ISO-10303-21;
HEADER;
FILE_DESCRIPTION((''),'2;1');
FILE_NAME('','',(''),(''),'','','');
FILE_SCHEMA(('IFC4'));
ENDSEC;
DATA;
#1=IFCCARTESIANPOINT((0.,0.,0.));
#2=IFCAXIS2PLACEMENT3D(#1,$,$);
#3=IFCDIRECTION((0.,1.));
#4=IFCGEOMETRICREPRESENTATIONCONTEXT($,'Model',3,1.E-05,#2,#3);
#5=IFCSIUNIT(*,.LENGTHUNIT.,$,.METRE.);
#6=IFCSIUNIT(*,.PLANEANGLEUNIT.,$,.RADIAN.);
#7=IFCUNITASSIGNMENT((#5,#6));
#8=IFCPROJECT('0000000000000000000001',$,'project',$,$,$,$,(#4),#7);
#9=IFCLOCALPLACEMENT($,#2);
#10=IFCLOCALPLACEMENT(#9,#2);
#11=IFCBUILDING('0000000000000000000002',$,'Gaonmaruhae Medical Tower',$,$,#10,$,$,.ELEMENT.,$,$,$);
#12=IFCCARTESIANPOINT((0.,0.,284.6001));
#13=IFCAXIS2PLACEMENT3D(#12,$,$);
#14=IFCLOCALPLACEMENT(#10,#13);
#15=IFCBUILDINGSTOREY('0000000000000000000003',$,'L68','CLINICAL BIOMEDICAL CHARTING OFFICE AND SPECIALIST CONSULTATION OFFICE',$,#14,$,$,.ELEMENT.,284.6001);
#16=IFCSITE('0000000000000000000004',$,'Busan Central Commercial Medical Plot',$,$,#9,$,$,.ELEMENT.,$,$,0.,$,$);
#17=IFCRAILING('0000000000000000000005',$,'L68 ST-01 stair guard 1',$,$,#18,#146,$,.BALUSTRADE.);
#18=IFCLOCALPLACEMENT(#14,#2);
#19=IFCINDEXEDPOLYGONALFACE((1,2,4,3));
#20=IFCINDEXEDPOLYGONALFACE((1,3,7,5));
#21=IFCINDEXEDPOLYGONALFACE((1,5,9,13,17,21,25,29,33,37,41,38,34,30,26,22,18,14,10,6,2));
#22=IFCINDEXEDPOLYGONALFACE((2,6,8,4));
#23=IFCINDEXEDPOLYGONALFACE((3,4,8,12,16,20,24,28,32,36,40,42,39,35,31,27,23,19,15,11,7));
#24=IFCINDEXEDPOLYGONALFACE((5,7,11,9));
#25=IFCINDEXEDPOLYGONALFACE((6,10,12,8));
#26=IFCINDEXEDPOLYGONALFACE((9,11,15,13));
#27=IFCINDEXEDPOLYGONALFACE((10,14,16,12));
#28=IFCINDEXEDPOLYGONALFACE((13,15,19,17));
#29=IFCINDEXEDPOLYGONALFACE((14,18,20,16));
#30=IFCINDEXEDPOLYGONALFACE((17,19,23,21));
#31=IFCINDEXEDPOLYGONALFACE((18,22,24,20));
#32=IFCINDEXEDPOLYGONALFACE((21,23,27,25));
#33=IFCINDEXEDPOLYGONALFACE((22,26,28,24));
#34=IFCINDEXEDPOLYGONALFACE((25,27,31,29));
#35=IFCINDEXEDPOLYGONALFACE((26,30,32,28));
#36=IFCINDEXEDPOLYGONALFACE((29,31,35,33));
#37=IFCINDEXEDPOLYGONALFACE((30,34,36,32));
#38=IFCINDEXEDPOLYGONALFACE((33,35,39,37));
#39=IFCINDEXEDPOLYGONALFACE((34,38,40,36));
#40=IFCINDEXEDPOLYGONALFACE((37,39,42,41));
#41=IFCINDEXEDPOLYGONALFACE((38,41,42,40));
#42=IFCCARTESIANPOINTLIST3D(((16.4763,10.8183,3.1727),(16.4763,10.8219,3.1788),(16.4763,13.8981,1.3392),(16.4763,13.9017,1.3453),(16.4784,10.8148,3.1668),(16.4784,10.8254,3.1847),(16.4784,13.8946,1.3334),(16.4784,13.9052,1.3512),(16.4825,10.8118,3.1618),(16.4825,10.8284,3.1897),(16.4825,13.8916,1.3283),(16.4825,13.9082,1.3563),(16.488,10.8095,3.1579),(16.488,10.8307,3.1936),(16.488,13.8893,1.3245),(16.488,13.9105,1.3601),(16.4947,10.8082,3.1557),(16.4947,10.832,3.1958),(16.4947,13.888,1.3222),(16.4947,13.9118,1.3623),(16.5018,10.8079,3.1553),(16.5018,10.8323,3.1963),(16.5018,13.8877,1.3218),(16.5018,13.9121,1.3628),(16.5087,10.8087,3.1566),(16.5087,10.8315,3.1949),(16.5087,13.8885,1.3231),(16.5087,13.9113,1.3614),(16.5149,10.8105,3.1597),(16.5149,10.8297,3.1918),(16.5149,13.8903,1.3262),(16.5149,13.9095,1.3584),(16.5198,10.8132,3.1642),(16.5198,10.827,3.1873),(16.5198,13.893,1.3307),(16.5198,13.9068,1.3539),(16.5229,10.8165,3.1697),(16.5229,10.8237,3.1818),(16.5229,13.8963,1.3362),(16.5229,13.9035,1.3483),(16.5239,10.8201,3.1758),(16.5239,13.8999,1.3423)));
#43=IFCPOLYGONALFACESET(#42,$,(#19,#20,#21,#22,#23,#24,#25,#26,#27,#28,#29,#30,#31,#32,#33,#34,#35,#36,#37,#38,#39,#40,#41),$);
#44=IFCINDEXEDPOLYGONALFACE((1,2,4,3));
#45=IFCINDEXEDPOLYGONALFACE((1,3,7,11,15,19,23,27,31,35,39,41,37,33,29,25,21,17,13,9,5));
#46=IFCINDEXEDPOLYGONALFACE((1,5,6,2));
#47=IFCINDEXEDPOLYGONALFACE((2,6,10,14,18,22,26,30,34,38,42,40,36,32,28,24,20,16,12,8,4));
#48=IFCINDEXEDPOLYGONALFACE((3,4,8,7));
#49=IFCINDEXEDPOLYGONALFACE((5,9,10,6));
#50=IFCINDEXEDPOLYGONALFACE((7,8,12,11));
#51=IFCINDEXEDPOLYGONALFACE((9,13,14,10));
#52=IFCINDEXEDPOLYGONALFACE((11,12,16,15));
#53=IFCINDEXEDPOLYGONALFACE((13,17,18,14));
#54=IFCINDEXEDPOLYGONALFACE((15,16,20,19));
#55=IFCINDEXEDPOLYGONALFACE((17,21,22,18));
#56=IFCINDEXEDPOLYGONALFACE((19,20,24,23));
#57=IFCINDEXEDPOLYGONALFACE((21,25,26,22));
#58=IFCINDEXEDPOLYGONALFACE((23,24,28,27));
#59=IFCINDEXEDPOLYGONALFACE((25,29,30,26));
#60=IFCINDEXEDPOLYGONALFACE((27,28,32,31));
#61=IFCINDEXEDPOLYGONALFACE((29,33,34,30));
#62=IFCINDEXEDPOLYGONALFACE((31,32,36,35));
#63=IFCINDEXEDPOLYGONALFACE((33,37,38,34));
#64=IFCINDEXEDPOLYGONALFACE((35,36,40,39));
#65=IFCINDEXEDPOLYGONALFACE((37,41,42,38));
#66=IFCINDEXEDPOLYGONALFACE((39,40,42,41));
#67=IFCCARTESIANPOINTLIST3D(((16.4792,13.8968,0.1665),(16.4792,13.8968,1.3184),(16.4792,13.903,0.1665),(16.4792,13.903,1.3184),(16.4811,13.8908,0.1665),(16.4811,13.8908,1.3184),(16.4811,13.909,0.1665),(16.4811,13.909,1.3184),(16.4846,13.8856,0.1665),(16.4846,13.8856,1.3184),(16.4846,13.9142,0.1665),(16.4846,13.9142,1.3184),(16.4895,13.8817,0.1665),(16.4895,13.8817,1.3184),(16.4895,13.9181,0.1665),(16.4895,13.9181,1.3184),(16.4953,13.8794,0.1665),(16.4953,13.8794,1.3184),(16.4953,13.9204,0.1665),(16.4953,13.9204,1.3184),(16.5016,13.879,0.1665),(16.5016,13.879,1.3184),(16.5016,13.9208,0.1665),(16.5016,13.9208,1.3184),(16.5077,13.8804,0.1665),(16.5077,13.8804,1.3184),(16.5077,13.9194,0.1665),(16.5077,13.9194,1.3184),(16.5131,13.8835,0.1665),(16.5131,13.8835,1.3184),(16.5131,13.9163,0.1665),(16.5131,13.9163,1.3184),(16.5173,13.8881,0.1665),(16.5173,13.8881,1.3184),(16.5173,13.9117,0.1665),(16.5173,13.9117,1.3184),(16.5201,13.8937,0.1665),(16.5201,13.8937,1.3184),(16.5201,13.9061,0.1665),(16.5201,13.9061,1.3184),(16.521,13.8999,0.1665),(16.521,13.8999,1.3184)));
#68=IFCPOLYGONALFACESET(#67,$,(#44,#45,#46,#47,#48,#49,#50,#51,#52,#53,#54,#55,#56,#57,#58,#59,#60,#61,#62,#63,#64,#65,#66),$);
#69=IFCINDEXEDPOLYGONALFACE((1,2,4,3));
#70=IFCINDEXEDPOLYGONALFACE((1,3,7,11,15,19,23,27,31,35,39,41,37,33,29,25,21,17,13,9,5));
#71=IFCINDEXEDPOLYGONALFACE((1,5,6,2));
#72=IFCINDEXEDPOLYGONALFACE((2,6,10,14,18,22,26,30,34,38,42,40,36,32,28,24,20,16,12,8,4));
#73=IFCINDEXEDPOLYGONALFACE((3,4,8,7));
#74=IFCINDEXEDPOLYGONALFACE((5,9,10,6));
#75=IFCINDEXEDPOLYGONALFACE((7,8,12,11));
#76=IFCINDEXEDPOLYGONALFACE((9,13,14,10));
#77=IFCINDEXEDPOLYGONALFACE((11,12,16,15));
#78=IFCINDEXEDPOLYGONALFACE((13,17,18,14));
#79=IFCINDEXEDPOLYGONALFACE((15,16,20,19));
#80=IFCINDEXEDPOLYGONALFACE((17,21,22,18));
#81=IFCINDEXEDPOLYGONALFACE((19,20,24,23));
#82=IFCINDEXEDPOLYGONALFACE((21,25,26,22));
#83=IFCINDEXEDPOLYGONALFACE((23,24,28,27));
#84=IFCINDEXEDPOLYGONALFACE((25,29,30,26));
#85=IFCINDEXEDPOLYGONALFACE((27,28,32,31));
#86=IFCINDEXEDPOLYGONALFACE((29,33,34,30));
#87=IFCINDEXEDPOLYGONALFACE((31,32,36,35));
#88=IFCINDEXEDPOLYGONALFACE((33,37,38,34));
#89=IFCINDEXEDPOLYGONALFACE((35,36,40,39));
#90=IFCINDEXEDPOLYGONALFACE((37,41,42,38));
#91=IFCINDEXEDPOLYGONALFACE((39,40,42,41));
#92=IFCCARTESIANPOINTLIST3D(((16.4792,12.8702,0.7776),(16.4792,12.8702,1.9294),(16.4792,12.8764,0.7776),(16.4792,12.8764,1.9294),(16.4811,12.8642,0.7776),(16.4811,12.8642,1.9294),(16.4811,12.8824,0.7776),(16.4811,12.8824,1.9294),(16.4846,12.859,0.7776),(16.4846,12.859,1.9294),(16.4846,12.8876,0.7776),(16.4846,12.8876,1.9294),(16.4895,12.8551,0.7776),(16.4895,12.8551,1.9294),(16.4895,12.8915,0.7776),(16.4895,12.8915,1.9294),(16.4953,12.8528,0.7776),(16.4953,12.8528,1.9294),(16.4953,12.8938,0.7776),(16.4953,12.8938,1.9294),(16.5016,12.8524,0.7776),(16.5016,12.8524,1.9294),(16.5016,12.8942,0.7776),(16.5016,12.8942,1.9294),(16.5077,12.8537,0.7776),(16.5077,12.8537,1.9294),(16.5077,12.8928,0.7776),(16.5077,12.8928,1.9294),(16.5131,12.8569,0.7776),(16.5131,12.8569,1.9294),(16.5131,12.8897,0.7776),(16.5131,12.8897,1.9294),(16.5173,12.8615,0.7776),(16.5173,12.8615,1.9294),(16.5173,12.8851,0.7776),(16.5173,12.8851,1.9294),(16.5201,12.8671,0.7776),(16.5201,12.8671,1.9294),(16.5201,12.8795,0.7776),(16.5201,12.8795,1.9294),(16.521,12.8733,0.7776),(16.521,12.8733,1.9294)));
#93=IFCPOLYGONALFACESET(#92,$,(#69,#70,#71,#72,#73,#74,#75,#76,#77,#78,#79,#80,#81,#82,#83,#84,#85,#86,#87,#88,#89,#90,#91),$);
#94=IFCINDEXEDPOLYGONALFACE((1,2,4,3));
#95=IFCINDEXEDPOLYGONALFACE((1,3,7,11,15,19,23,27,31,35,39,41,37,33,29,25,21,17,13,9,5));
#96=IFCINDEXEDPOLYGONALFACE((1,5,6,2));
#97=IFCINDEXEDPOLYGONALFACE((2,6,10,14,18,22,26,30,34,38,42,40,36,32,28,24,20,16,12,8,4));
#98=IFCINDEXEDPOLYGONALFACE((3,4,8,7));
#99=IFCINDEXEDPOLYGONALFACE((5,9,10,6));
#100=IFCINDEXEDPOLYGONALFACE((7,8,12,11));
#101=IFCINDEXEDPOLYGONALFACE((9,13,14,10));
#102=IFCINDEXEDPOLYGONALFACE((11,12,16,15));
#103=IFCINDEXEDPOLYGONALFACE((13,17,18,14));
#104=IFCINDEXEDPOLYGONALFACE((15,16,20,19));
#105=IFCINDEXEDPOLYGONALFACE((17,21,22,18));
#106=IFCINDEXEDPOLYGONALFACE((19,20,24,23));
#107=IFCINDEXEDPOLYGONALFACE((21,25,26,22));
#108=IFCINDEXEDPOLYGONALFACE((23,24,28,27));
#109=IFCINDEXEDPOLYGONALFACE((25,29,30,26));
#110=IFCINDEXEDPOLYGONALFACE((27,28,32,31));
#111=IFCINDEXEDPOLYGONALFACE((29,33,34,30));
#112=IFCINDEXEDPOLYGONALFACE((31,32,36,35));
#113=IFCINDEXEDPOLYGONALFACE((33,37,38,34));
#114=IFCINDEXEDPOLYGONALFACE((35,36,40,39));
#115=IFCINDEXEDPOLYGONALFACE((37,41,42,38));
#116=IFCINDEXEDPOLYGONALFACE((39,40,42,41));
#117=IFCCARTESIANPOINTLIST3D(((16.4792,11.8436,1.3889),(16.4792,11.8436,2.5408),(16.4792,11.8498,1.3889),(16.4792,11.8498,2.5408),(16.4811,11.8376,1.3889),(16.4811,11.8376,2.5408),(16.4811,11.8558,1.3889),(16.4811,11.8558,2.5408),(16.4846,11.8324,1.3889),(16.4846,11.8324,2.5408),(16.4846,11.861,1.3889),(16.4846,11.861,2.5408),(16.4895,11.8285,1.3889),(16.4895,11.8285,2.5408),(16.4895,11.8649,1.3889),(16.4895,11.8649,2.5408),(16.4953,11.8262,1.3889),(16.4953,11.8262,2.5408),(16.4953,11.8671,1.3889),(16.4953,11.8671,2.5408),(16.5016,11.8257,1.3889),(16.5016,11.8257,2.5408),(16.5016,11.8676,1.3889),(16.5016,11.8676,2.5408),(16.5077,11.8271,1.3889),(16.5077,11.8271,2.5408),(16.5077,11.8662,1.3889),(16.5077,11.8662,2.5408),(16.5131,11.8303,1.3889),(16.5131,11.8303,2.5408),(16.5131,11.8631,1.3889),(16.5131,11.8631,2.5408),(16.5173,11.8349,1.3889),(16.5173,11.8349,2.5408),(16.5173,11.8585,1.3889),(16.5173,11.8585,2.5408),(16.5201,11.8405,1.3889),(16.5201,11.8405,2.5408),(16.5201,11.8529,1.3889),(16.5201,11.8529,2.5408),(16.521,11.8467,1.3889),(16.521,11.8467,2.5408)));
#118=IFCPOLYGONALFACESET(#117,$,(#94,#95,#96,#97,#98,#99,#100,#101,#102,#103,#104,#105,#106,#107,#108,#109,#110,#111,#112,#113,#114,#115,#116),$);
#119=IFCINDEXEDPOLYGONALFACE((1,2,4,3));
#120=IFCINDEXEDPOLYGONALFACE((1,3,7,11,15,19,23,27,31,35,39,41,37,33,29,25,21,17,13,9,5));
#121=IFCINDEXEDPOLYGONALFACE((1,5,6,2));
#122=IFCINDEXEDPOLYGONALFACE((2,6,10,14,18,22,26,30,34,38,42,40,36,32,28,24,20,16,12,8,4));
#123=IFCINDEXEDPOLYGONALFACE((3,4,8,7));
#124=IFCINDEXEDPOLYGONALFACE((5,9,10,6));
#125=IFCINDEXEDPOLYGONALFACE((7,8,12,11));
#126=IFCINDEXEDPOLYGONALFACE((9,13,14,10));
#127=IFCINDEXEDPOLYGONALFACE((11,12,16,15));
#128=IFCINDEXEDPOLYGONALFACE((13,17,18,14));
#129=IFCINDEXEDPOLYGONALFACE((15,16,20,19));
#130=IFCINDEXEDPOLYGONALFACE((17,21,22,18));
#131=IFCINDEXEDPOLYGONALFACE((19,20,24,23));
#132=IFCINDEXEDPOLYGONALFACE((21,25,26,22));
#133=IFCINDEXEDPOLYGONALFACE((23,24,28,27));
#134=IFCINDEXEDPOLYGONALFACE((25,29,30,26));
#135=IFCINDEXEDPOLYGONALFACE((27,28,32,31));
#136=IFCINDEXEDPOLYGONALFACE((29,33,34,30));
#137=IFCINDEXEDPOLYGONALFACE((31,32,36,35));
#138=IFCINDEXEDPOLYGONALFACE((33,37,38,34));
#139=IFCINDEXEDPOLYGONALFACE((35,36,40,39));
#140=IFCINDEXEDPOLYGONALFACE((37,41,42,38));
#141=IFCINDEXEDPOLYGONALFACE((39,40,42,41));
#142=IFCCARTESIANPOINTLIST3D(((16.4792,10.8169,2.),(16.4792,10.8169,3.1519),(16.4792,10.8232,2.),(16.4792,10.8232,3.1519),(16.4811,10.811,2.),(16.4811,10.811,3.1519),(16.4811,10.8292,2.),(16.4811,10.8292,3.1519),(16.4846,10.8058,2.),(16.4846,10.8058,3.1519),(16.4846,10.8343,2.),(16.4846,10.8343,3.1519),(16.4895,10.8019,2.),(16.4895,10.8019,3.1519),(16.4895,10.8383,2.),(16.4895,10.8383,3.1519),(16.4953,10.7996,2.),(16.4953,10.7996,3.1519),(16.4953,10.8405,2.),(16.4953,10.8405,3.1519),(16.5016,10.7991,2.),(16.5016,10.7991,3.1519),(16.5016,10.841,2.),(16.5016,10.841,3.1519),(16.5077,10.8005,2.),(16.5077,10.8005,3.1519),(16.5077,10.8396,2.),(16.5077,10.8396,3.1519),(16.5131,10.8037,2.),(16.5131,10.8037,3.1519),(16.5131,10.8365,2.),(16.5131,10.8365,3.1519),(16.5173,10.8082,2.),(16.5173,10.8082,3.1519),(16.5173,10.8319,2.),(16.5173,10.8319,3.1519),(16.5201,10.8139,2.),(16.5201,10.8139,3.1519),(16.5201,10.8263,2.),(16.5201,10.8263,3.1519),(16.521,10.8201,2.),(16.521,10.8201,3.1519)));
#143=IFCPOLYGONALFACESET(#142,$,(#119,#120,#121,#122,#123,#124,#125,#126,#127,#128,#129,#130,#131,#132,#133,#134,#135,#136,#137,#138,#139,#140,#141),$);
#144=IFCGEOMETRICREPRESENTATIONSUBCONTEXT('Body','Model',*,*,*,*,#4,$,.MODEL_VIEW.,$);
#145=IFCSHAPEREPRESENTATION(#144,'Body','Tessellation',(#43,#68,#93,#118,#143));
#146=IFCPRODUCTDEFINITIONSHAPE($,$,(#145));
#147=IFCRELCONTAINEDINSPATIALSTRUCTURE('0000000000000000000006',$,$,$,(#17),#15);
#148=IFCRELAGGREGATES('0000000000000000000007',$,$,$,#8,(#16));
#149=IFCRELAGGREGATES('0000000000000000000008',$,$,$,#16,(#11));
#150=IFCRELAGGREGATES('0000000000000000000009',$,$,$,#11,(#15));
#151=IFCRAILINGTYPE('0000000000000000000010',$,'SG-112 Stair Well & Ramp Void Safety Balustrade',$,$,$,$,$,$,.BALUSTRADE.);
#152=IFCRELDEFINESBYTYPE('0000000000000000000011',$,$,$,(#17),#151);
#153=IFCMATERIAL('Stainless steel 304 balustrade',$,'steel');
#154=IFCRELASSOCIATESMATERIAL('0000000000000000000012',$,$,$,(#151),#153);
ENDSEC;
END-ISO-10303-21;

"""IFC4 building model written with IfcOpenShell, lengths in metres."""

from ifc_helpers import new_model, si_unit, direction, frame, origin, origin_2d, place, context, subcontext, project, spatial, circle, extrude, material, type_object, element, save


model = new_model("IFC4")

# Units and contexts
model_context = context("Model", 3, precision=1e-05, world=origin(), true_north=direction((0.0, 1.0)))
body_context = subcontext(model_context, "Body", "Model", "MODEL_VIEW")
ifc_project = project(units=[si_unit("LENGTHUNIT", "METRE"), si_unit("PLANEANGLEUNIT", "RADIAN")], contexts=[model_context])

# Site, building, storey
site_placement = place(None, origin())
site = spatial("IfcSite", under=ifc_project, at=site_placement, Name="Busan Central Commercial Medical Plot", CompositionType="ELEMENT", RefElevation=0.0)
building_placement = place(site_placement, origin())
building = spatial("IfcBuilding", under=site, at=building_placement, Name="Gaonmaruhae Medical Tower", CompositionType="ELEMENT")
storey_placement = place(building_placement, frame((0.0, 0.0, 284.6001)))
storey = spatial("IfcBuildingStorey", under=building, at=storey_placement, Name="L68", Description="CLINICAL BIOMEDICAL CHARTING OFFICE AND SPECIALIST CONSULTATION OFFICE", CompositionType="ELEMENT", Elevation=284.6001)

# Railing
ifc_material_1 = material(Name="Stainless steel 304 balustrade", Category="steel")
railing_type_1 = type_object("IfcRailingType", Name="SG-112 Stair Well & Ramp Void Safety Balustrade", PredefinedType="BALUSTRADE", material=ifc_material_1)
railing_1_placement = place(storey_placement, frame((16.5, 13.8999, 0.1665)))
element("IfcRailing", 1, at=railing_1_placement, inside=storey, type_object=railing_type_1, Name="L68 ST-01 stair guard 1", PredefinedType="BALUSTRADE", context=body_context, shape_type="SweptSolid", body=[
    extrude(circle(Radius=0.0239, at=origin_2d()), frame((0.0, 0.0, 1.1758), z_axis=(0.0, -0.859261, 0.511538), x_axis=(1.0, 0.0, 0.0)), (0.0, 0.0, 1.0), 3.5842),
    extrude(circle(Radius=0.021, at=origin_2d()), origin(), (0.0, 0.0, 1.0), 1.1519),
    extrude(circle(Radius=0.021, at=origin_2d()), frame((0.0, -1.0266, 0.6111)), (0.0, 0.0, 1.0), 1.1519),
    extrude(circle(Radius=0.021, at=origin_2d()), frame((0.0, -2.0532, 1.2224)), (0.0, 0.0, 1.0), 1.1519),
    extrude(circle(Radius=0.021, at=origin_2d()), frame((0.0, -3.0798, 1.8335)), (0.0, 0.0, 1.0), 1.1519),
])

save(model, "model.ifc")
